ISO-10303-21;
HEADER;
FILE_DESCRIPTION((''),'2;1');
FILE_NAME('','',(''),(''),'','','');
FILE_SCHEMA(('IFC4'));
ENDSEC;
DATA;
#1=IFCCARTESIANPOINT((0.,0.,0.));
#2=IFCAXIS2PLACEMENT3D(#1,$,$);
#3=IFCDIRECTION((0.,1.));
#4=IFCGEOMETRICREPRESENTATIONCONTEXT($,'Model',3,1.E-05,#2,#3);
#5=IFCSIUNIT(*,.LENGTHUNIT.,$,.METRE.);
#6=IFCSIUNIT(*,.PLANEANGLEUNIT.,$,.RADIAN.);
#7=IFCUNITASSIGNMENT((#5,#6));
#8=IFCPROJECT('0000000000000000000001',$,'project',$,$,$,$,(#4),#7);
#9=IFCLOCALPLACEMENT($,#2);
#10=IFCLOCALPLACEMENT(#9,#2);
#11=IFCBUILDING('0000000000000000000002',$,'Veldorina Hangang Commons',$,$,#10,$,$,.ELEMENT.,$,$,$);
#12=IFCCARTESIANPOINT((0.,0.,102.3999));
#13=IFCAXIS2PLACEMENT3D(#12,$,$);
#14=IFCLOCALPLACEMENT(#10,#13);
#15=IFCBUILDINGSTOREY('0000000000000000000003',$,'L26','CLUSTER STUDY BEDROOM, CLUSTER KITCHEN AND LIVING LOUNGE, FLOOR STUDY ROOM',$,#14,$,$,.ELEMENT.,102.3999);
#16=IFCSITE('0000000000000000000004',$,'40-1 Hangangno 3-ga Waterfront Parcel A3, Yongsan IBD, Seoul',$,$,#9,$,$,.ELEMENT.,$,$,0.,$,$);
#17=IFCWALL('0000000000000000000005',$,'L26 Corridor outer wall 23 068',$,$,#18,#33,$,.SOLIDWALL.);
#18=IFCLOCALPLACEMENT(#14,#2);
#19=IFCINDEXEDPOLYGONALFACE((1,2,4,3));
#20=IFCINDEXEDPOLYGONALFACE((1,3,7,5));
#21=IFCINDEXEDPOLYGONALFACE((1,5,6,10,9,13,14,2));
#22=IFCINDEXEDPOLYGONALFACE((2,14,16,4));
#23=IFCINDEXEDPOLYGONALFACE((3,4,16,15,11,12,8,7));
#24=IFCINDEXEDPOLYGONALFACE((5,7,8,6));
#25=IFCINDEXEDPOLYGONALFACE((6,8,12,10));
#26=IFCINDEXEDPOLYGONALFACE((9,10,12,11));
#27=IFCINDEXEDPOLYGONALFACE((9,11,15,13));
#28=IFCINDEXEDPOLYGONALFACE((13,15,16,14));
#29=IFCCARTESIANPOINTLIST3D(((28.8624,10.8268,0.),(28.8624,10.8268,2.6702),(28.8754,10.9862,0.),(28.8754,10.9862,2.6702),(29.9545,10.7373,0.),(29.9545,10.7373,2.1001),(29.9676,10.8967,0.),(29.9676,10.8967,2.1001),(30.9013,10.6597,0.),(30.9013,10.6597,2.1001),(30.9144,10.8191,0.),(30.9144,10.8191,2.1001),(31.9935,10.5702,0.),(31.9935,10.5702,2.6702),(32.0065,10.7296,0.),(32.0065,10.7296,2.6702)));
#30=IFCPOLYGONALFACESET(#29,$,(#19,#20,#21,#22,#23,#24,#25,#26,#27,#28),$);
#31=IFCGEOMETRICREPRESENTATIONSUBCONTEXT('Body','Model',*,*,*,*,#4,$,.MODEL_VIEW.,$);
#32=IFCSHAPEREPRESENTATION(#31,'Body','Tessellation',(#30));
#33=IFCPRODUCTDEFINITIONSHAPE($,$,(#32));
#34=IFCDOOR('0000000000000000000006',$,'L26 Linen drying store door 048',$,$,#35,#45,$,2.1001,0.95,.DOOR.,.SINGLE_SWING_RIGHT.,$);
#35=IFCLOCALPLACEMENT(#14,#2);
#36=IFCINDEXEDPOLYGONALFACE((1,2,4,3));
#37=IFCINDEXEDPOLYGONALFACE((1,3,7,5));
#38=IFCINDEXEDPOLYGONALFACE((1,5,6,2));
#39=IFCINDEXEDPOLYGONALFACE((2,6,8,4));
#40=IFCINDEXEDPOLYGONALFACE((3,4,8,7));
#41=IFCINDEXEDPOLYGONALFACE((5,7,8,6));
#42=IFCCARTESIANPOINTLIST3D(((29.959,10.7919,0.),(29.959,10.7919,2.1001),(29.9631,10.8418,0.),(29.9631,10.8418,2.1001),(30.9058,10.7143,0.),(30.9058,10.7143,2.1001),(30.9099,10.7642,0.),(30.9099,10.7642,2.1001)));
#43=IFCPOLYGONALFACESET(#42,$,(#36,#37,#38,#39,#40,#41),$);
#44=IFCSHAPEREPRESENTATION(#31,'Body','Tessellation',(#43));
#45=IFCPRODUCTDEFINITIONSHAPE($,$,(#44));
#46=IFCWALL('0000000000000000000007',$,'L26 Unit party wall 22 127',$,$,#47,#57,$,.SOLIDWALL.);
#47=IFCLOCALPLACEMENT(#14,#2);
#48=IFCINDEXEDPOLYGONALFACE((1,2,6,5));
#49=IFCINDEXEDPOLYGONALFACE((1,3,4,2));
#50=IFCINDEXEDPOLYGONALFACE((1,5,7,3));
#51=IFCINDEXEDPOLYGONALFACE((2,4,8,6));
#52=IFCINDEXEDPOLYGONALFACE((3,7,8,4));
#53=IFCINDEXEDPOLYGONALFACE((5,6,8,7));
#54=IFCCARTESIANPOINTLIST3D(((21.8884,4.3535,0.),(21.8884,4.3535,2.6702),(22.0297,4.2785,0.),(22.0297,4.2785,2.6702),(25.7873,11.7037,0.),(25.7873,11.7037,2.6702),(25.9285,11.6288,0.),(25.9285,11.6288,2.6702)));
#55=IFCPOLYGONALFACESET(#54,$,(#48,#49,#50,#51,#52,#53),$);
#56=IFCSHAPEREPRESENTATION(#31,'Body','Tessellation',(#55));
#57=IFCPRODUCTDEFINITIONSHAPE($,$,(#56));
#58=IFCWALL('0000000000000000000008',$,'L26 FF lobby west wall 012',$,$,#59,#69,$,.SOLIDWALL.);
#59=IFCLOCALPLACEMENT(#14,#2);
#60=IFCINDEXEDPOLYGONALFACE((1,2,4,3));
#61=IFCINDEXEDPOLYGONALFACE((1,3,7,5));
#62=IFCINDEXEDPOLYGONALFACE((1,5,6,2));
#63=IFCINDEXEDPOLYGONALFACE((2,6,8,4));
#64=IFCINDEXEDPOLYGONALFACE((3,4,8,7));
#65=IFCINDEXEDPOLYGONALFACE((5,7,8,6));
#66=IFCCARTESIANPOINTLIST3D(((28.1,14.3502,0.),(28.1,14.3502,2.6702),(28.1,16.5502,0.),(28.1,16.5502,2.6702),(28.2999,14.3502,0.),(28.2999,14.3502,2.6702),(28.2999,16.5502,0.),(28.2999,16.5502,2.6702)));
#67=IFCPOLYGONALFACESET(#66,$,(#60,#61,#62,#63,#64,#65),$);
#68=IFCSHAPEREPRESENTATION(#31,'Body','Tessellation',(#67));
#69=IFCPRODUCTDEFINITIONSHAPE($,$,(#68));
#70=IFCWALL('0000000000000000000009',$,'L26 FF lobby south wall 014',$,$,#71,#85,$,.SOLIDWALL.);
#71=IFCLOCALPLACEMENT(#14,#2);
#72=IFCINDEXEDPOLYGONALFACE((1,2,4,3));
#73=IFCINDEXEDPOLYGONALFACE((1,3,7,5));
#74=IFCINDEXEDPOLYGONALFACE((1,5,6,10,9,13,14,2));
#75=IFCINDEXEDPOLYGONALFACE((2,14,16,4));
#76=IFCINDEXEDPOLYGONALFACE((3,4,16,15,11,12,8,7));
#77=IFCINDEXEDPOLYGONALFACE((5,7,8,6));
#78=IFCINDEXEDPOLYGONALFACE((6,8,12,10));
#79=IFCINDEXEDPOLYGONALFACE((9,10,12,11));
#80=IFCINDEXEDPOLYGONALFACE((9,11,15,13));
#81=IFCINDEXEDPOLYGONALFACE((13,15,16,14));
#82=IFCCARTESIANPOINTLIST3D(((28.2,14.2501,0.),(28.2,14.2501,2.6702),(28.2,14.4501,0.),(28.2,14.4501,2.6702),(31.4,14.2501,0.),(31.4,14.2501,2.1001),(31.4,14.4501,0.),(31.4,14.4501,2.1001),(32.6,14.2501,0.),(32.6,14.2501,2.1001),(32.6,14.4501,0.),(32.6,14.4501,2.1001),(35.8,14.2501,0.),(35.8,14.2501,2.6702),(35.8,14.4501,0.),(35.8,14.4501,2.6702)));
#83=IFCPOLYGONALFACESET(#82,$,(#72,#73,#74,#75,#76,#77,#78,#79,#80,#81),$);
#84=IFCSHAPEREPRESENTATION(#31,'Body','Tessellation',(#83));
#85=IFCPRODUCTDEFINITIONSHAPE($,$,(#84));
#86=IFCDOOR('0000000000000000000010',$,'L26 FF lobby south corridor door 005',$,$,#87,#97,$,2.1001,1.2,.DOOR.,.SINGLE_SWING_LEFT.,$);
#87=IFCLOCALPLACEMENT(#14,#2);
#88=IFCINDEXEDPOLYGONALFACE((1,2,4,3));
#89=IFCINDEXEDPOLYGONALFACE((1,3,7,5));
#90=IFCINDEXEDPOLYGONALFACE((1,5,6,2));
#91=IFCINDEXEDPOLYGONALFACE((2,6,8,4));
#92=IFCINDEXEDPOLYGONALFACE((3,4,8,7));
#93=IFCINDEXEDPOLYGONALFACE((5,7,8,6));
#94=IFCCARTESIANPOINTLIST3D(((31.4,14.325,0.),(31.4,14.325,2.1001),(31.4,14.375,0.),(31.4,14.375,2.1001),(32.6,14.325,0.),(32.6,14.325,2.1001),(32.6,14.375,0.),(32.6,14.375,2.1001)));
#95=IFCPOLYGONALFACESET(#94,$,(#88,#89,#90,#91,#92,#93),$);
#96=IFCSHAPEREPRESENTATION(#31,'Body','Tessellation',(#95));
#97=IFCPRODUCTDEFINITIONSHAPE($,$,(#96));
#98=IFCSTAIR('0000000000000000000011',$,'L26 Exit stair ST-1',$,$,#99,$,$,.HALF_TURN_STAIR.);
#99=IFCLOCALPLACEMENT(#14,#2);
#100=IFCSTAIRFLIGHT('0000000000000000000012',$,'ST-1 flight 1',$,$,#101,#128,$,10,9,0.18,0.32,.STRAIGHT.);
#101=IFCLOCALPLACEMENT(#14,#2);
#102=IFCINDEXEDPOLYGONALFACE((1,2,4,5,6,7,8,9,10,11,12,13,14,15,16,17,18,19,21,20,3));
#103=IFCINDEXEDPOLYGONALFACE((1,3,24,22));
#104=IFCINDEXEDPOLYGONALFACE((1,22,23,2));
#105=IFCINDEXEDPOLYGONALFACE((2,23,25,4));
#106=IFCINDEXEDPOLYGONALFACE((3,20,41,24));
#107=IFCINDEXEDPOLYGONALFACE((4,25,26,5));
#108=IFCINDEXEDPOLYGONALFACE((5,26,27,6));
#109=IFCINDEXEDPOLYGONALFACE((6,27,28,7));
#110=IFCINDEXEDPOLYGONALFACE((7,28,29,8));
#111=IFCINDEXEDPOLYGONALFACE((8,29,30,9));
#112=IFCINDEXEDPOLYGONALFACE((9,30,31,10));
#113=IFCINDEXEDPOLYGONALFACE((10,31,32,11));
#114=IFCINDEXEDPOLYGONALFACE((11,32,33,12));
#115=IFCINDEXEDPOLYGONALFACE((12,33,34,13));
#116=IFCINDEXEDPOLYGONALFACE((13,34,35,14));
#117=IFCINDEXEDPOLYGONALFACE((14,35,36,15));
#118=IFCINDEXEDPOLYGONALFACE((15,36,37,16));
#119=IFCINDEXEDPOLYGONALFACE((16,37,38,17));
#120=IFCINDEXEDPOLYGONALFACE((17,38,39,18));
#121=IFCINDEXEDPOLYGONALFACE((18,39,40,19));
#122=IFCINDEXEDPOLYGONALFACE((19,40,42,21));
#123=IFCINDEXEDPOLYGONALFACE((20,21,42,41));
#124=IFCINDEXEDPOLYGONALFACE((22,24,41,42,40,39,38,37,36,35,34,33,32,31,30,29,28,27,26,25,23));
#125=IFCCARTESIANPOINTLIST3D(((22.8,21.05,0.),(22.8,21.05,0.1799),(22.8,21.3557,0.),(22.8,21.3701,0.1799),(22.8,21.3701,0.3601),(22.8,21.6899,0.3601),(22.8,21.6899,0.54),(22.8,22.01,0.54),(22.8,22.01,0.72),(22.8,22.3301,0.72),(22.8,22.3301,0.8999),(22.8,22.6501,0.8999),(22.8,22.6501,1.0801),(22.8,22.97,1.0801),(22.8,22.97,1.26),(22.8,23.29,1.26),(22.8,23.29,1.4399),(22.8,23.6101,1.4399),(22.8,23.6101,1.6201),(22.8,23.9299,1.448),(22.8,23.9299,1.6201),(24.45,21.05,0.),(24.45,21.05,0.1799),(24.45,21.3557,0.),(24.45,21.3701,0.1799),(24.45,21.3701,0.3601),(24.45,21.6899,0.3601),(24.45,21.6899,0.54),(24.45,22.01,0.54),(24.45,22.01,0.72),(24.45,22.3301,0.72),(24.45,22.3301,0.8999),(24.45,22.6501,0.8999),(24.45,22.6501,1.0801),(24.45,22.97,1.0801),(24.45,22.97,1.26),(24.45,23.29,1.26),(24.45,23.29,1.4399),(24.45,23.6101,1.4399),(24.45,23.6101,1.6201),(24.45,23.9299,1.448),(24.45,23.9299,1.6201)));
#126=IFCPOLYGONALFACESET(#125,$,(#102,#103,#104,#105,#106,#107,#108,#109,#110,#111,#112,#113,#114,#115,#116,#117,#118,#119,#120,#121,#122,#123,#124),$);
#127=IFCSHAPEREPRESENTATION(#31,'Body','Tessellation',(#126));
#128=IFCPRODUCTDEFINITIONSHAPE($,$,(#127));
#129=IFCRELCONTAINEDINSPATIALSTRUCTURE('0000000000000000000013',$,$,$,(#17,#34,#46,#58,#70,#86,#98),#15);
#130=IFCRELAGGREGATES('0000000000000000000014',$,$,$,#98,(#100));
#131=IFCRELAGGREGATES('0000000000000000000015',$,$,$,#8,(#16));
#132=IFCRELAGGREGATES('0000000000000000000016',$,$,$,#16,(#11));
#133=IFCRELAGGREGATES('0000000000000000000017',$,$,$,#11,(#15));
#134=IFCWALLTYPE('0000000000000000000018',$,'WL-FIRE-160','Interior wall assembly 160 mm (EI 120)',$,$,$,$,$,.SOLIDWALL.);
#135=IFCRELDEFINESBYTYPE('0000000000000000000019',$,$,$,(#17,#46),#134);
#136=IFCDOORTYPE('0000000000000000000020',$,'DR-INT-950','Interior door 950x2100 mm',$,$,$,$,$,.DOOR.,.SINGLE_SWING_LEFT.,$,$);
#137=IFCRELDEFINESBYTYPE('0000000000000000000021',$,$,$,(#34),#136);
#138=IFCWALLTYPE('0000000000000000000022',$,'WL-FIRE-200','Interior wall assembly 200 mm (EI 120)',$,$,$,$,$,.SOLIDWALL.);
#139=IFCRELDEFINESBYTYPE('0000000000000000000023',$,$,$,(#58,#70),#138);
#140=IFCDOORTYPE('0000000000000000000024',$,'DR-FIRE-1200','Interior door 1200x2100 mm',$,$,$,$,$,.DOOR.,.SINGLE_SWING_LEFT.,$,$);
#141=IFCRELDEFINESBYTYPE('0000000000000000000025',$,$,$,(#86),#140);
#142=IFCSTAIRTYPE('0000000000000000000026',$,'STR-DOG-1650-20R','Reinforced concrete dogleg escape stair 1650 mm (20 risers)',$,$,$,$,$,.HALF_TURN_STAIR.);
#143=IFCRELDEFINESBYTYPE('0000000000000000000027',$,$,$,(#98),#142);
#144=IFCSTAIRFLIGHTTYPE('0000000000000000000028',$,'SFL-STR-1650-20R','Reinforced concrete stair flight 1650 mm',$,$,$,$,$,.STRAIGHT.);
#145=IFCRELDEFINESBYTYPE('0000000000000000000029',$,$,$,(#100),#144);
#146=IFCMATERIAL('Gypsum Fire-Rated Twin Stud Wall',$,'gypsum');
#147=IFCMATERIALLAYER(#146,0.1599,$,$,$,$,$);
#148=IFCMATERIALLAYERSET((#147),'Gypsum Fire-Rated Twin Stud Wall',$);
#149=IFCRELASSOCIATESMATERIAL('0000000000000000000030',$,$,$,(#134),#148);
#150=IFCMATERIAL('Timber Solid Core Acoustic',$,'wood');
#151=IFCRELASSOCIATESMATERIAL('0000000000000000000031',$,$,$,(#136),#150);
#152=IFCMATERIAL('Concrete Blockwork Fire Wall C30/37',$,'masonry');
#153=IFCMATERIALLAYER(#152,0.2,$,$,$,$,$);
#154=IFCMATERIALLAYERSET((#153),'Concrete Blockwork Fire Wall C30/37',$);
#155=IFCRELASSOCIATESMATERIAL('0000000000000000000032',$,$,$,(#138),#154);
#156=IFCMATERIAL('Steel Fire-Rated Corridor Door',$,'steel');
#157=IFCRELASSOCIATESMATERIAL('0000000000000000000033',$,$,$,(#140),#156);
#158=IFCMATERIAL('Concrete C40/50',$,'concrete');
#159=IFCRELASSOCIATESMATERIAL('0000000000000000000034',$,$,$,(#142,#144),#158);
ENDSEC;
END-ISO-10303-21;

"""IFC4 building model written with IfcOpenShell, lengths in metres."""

from ifc_helpers import new_model, si_unit, direction, frame, frame_2d, origin, place, context, subcontext, project, spatial, polyline, rectangle, outline, extrude, material, layer, layer_set, type_object, element, fill, aggregate, save


model = new_model("IFC4")

# Units and contexts
model_context = context("Model", 3, precision=1e-05, world=origin(), true_north=direction((0.0, 1.0)))
body_context = subcontext(model_context, "Body", "Model", "MODEL_VIEW")
ifc_project = project(units=[si_unit("LENGTHUNIT", "METRE"), si_unit("PLANEANGLEUNIT", "RADIAN")], contexts=[model_context])

# Site, building, storey
site_placement = place(None, origin())
site = spatial("IfcSite", under=ifc_project, at=site_placement, Name="40-1 Hangangno 3-ga Waterfront Parcel A3, Yongsan IBD, Seoul", CompositionType="ELEMENT", RefElevation=0.0)
building_placement = place(site_placement, origin())
building = spatial("IfcBuilding", under=site, at=building_placement, Name="Veldorina Hangang Commons", CompositionType="ELEMENT")
storey_placement = place(building_placement, frame((0.0, 0.0, 102.3999)))
storey = spatial("IfcBuildingStorey", under=building, at=storey_placement, Name="L26", Description="CLUSTER STUDY BEDROOM, CLUSTER KITCHEN AND LIVING LOUNGE, FLOOR STUDY ROOM", CompositionType="ELEMENT", Elevation=102.3999)

# Shared definitions
ifc_material_1 = material(Name="Gypsum Fire-Rated Twin Stud Wall", Category="gypsum")
ifc_layer_1 = layer(ifc_material_1, 0.1599)
ifc_layer_set_1 = layer_set([ifc_layer_1], Name="Gypsum Fire-Rated Twin Stud Wall")
wall_type_1 = type_object("IfcWallType", Name="WL-FIRE-160", Description="Interior wall assembly 160 mm (EI 120)", PredefinedType="SOLIDWALL", material=ifc_layer_set_1)

# Shared definitions
ifc_material_2 = material(Name="Timber Solid Core Acoustic", Category="wood")

# Wall, opening, door
wall_1_placement = place(storey_placement, frame((28.8689, 10.9065, 0.0), z_axis=(0.0, 0.0, 1.0), x_axis=(0.996659, -0.081676, 0.0)))
wall_1 = element("IfcWall", 1, at=wall_1_placement, inside=storey, type_object=wall_type_1, Name="L26 Corridor outer wall 23 068", PredefinedType="SOLIDWALL", context=body_context, shape_type="SweptSolid", body=[
    extrude(rectangle(XDim=3.1416, YDim=0.1599, at=frame_2d((1.5708, 0.0))), origin(), (0.0, 0.0, 1.0), 2.6702),
])
opening_1_placement = place(wall_1_placement, frame((1.0957, 0.0, 0.0)))
opening_1 = element("IfcOpeningElement", 2, at=opening_1_placement, cuts=wall_1, PredefinedType="OPENING", context=body_context, shape_type="SweptSolid", body=[
    extrude(rectangle(XDim=0.95, YDim=2.1001, at=frame_2d((0.4751, 1.05))), frame((0.0, 0.0898, 0.0), z_axis=(0.0, -1.0, 0.0), x_axis=(1.0, 0.0, 0.0)), (0.0, 0.0, 1.0), 0.1799),
])
door_type_1 = type_object("IfcDoorType", Name="DR-INT-950", Description="Interior door 950x2100 mm", OperationType="SINGLE_SWING_LEFT", PredefinedType="DOOR", material=ifc_material_2)
door_1_placement = place(opening_1_placement, origin())
door_1 = element("IfcDoor", 3, at=door_1_placement, inside=storey, type_object=door_type_1, Name="L26 Linen drying store door 048", OperationType="SINGLE_SWING_RIGHT", OverallHeight=2.1001, OverallWidth=0.95, PredefinedType="DOOR", context=body_context, shape_type="SweptSolid", body=[
    extrude(rectangle(XDim=0.95, YDim=2.1001, at=frame_2d((0.4751, 1.05))), frame((0.0, 0.0249, 0.0), z_axis=(0.0, -1.0, 0.0), x_axis=(1.0, 0.0, 0.0)), (0.0, 0.0, 1.0), 0.05),
])
fill(opening_1, door_1)

# Walls
wall_2_placement = place(storey_placement, frame((25.8579, 11.6663, 0.0), z_axis=(0.0, 0.0, 1.0), x_axis=(-0.468598, -0.883411, 0.0)))
element("IfcWall", 4, at=wall_2_placement, inside=storey, type_object=wall_type_1, Name="L26 Unit party wall 22 127", PredefinedType="SOLIDWALL", context=body_context, shape_type="SweptSolid", body=[
    extrude(rectangle(XDim=8.3203, YDim=0.1599, at=frame_2d((4.1602, 0.0))), origin(), (0.0, 0.0, 1.0), 2.6702),
])
ifc_material_3 = material(Name="Concrete Blockwork Fire Wall C30/37", Category="masonry")
ifc_layer_2 = layer(ifc_material_3, 0.2)
ifc_layer_set_2 = layer_set([ifc_layer_2], Name="Concrete Blockwork Fire Wall C30/37")
wall_type_2 = type_object("IfcWallType", Name="WL-FIRE-200", Description="Interior wall assembly 200 mm (EI 120)", PredefinedType="SOLIDWALL", material=ifc_layer_set_2)
wall_3_placement = place(storey_placement, frame((28.2, 14.3501, 0.0), z_axis=(0.0, 0.0, 1.0), x_axis=(0.0, 1.0, 0.0)))
element("IfcWall", 5, at=wall_3_placement, inside=storey, type_object=wall_type_2, Name="L26 FF lobby west wall 012", PredefinedType="SOLIDWALL", context=body_context, shape_type="SweptSolid", body=[
    extrude(rectangle(XDim=2.2, YDim=0.2, at=frame_2d((1.1001, 0.0))), origin(), (0.0, 0.0, 1.0), 2.6702),
])

# Wall, opening, door
wall_4_placement = place(storey_placement, frame((28.2, 14.3501, 0.0), z_axis=(0.0, 0.0, 1.0), x_axis=(1.0, 0.0, 0.0)))
wall_4 = element("IfcWall", 6, at=wall_4_placement, inside=storey, type_object=wall_type_2, Name="L26 FF lobby south wall 014", PredefinedType="SOLIDWALL", context=body_context, shape_type="SweptSolid", body=[
    extrude(rectangle(XDim=7.6001, YDim=0.2, at=frame_2d((3.8, 0.0))), origin(), (0.0, 0.0, 1.0), 2.6702),
])
opening_2_placement = place(wall_4_placement, frame((3.2, 0.0, 0.0)))
opening_2 = element("IfcOpeningElement", 7, at=opening_2_placement, cuts=wall_4, PredefinedType="OPENING", context=body_context, shape_type="SweptSolid", body=[
    extrude(rectangle(XDim=1.2, YDim=2.1001, at=frame_2d((0.6001, 1.05))), frame((0.0, 0.1099, 0.0), z_axis=(0.0, -1.0, 0.0), x_axis=(1.0, 0.0, 0.0)), (0.0, 0.0, 1.0), 0.22),
])
ifc_material_4 = material(Name="Steel Fire-Rated Corridor Door", Category="steel")
door_type_2 = type_object("IfcDoorType", Name="DR-FIRE-1200", Description="Interior door 1200x2100 mm", OperationType="SINGLE_SWING_LEFT", PredefinedType="DOOR", material=ifc_material_4)
door_2_placement = place(opening_2_placement, origin())
door_2 = element("IfcDoor", 8, at=door_2_placement, inside=storey, type_object=door_type_2, Name="L26 FF lobby south corridor door 005", OperationType="SINGLE_SWING_LEFT", OverallHeight=2.1001, OverallWidth=1.2, PredefinedType="DOOR", context=body_context, shape_type="SweptSolid", body=[
    extrude(rectangle(XDim=1.2, YDim=2.1001, at=frame_2d((0.6001, 1.05))), frame((0.0, 0.0249, 0.0), z_axis=(0.0, -1.0, 0.0), x_axis=(1.0, 0.0, 0.0)), (0.0, 0.0, 1.0), 0.05),
])
fill(opening_2, door_2)

# Stair, stair flight
ifc_material_5 = material(Name="Concrete C40/50", Category="concrete")
stair_type = type_object("IfcStairType", Name="STR-DOG-1650-20R", Description="Reinforced concrete dogleg escape stair 1650 mm (20 risers)", PredefinedType="HALF_TURN_STAIR", material=ifc_material_5)
stair_placement = place(storey_placement, origin())
stair = element("IfcStair", 9, at=stair_placement, inside=storey, type_object=stair_type, Name="L26 Exit stair ST-1", PredefinedType="HALF_TURN_STAIR")
stair_flight_type = type_object("IfcStairFlightType", Name="SFL-STR-1650-20R", Description="Reinforced concrete stair flight 1650 mm", PredefinedType="STRAIGHT", material=ifc_material_5)
stair_flight_placement = place(storey_placement, frame((23.625, 21.05, 0.0), z_axis=(0.0, 0.0, 1.0), x_axis=(0.0, 1.0, 0.0)))
stair_flight = element("IfcStairFlight", 10, at=stair_flight_placement, type_object=stair_flight_type, Name="ST-1 flight 1", NumberOfRisers=10, NumberOfTreads=9, PredefinedType="STRAIGHT", RiserHeight=0.18, TreadLength=0.32, context=body_context, shape_type="SweptSolid", body=[
    extrude(outline(polyline([(0.0, 0.0), (0.0, 0.1799), (0.3201, 0.1799), (0.3201, 0.3601), (0.6399, 0.3601), (0.6399, 0.54), (0.96, 0.54), (0.96, 0.72), (1.28, 0.72), (1.28, 0.8999), (1.6001, 0.8999), (1.6001, 1.0801), (1.9199, 1.0801), (1.9199, 1.26), (2.24, 1.26), (2.24, 1.4399), (2.5601, 1.4399), (2.5601, 1.6201), (2.8799, 1.6201), (2.8799, 1.8), (2.8799, 1.448), (0.3057, 0.0), (0.0, 0.0)])), frame((0.0, 0.825, 0.0), z_axis=(0.0, -1.0, 0.0), x_axis=(1.0, 0.0, 0.0)), (0.0, 0.0, 1.0), 1.6499),
])
aggregate(stair, [stair_flight])

save(model, "model.ifc")
